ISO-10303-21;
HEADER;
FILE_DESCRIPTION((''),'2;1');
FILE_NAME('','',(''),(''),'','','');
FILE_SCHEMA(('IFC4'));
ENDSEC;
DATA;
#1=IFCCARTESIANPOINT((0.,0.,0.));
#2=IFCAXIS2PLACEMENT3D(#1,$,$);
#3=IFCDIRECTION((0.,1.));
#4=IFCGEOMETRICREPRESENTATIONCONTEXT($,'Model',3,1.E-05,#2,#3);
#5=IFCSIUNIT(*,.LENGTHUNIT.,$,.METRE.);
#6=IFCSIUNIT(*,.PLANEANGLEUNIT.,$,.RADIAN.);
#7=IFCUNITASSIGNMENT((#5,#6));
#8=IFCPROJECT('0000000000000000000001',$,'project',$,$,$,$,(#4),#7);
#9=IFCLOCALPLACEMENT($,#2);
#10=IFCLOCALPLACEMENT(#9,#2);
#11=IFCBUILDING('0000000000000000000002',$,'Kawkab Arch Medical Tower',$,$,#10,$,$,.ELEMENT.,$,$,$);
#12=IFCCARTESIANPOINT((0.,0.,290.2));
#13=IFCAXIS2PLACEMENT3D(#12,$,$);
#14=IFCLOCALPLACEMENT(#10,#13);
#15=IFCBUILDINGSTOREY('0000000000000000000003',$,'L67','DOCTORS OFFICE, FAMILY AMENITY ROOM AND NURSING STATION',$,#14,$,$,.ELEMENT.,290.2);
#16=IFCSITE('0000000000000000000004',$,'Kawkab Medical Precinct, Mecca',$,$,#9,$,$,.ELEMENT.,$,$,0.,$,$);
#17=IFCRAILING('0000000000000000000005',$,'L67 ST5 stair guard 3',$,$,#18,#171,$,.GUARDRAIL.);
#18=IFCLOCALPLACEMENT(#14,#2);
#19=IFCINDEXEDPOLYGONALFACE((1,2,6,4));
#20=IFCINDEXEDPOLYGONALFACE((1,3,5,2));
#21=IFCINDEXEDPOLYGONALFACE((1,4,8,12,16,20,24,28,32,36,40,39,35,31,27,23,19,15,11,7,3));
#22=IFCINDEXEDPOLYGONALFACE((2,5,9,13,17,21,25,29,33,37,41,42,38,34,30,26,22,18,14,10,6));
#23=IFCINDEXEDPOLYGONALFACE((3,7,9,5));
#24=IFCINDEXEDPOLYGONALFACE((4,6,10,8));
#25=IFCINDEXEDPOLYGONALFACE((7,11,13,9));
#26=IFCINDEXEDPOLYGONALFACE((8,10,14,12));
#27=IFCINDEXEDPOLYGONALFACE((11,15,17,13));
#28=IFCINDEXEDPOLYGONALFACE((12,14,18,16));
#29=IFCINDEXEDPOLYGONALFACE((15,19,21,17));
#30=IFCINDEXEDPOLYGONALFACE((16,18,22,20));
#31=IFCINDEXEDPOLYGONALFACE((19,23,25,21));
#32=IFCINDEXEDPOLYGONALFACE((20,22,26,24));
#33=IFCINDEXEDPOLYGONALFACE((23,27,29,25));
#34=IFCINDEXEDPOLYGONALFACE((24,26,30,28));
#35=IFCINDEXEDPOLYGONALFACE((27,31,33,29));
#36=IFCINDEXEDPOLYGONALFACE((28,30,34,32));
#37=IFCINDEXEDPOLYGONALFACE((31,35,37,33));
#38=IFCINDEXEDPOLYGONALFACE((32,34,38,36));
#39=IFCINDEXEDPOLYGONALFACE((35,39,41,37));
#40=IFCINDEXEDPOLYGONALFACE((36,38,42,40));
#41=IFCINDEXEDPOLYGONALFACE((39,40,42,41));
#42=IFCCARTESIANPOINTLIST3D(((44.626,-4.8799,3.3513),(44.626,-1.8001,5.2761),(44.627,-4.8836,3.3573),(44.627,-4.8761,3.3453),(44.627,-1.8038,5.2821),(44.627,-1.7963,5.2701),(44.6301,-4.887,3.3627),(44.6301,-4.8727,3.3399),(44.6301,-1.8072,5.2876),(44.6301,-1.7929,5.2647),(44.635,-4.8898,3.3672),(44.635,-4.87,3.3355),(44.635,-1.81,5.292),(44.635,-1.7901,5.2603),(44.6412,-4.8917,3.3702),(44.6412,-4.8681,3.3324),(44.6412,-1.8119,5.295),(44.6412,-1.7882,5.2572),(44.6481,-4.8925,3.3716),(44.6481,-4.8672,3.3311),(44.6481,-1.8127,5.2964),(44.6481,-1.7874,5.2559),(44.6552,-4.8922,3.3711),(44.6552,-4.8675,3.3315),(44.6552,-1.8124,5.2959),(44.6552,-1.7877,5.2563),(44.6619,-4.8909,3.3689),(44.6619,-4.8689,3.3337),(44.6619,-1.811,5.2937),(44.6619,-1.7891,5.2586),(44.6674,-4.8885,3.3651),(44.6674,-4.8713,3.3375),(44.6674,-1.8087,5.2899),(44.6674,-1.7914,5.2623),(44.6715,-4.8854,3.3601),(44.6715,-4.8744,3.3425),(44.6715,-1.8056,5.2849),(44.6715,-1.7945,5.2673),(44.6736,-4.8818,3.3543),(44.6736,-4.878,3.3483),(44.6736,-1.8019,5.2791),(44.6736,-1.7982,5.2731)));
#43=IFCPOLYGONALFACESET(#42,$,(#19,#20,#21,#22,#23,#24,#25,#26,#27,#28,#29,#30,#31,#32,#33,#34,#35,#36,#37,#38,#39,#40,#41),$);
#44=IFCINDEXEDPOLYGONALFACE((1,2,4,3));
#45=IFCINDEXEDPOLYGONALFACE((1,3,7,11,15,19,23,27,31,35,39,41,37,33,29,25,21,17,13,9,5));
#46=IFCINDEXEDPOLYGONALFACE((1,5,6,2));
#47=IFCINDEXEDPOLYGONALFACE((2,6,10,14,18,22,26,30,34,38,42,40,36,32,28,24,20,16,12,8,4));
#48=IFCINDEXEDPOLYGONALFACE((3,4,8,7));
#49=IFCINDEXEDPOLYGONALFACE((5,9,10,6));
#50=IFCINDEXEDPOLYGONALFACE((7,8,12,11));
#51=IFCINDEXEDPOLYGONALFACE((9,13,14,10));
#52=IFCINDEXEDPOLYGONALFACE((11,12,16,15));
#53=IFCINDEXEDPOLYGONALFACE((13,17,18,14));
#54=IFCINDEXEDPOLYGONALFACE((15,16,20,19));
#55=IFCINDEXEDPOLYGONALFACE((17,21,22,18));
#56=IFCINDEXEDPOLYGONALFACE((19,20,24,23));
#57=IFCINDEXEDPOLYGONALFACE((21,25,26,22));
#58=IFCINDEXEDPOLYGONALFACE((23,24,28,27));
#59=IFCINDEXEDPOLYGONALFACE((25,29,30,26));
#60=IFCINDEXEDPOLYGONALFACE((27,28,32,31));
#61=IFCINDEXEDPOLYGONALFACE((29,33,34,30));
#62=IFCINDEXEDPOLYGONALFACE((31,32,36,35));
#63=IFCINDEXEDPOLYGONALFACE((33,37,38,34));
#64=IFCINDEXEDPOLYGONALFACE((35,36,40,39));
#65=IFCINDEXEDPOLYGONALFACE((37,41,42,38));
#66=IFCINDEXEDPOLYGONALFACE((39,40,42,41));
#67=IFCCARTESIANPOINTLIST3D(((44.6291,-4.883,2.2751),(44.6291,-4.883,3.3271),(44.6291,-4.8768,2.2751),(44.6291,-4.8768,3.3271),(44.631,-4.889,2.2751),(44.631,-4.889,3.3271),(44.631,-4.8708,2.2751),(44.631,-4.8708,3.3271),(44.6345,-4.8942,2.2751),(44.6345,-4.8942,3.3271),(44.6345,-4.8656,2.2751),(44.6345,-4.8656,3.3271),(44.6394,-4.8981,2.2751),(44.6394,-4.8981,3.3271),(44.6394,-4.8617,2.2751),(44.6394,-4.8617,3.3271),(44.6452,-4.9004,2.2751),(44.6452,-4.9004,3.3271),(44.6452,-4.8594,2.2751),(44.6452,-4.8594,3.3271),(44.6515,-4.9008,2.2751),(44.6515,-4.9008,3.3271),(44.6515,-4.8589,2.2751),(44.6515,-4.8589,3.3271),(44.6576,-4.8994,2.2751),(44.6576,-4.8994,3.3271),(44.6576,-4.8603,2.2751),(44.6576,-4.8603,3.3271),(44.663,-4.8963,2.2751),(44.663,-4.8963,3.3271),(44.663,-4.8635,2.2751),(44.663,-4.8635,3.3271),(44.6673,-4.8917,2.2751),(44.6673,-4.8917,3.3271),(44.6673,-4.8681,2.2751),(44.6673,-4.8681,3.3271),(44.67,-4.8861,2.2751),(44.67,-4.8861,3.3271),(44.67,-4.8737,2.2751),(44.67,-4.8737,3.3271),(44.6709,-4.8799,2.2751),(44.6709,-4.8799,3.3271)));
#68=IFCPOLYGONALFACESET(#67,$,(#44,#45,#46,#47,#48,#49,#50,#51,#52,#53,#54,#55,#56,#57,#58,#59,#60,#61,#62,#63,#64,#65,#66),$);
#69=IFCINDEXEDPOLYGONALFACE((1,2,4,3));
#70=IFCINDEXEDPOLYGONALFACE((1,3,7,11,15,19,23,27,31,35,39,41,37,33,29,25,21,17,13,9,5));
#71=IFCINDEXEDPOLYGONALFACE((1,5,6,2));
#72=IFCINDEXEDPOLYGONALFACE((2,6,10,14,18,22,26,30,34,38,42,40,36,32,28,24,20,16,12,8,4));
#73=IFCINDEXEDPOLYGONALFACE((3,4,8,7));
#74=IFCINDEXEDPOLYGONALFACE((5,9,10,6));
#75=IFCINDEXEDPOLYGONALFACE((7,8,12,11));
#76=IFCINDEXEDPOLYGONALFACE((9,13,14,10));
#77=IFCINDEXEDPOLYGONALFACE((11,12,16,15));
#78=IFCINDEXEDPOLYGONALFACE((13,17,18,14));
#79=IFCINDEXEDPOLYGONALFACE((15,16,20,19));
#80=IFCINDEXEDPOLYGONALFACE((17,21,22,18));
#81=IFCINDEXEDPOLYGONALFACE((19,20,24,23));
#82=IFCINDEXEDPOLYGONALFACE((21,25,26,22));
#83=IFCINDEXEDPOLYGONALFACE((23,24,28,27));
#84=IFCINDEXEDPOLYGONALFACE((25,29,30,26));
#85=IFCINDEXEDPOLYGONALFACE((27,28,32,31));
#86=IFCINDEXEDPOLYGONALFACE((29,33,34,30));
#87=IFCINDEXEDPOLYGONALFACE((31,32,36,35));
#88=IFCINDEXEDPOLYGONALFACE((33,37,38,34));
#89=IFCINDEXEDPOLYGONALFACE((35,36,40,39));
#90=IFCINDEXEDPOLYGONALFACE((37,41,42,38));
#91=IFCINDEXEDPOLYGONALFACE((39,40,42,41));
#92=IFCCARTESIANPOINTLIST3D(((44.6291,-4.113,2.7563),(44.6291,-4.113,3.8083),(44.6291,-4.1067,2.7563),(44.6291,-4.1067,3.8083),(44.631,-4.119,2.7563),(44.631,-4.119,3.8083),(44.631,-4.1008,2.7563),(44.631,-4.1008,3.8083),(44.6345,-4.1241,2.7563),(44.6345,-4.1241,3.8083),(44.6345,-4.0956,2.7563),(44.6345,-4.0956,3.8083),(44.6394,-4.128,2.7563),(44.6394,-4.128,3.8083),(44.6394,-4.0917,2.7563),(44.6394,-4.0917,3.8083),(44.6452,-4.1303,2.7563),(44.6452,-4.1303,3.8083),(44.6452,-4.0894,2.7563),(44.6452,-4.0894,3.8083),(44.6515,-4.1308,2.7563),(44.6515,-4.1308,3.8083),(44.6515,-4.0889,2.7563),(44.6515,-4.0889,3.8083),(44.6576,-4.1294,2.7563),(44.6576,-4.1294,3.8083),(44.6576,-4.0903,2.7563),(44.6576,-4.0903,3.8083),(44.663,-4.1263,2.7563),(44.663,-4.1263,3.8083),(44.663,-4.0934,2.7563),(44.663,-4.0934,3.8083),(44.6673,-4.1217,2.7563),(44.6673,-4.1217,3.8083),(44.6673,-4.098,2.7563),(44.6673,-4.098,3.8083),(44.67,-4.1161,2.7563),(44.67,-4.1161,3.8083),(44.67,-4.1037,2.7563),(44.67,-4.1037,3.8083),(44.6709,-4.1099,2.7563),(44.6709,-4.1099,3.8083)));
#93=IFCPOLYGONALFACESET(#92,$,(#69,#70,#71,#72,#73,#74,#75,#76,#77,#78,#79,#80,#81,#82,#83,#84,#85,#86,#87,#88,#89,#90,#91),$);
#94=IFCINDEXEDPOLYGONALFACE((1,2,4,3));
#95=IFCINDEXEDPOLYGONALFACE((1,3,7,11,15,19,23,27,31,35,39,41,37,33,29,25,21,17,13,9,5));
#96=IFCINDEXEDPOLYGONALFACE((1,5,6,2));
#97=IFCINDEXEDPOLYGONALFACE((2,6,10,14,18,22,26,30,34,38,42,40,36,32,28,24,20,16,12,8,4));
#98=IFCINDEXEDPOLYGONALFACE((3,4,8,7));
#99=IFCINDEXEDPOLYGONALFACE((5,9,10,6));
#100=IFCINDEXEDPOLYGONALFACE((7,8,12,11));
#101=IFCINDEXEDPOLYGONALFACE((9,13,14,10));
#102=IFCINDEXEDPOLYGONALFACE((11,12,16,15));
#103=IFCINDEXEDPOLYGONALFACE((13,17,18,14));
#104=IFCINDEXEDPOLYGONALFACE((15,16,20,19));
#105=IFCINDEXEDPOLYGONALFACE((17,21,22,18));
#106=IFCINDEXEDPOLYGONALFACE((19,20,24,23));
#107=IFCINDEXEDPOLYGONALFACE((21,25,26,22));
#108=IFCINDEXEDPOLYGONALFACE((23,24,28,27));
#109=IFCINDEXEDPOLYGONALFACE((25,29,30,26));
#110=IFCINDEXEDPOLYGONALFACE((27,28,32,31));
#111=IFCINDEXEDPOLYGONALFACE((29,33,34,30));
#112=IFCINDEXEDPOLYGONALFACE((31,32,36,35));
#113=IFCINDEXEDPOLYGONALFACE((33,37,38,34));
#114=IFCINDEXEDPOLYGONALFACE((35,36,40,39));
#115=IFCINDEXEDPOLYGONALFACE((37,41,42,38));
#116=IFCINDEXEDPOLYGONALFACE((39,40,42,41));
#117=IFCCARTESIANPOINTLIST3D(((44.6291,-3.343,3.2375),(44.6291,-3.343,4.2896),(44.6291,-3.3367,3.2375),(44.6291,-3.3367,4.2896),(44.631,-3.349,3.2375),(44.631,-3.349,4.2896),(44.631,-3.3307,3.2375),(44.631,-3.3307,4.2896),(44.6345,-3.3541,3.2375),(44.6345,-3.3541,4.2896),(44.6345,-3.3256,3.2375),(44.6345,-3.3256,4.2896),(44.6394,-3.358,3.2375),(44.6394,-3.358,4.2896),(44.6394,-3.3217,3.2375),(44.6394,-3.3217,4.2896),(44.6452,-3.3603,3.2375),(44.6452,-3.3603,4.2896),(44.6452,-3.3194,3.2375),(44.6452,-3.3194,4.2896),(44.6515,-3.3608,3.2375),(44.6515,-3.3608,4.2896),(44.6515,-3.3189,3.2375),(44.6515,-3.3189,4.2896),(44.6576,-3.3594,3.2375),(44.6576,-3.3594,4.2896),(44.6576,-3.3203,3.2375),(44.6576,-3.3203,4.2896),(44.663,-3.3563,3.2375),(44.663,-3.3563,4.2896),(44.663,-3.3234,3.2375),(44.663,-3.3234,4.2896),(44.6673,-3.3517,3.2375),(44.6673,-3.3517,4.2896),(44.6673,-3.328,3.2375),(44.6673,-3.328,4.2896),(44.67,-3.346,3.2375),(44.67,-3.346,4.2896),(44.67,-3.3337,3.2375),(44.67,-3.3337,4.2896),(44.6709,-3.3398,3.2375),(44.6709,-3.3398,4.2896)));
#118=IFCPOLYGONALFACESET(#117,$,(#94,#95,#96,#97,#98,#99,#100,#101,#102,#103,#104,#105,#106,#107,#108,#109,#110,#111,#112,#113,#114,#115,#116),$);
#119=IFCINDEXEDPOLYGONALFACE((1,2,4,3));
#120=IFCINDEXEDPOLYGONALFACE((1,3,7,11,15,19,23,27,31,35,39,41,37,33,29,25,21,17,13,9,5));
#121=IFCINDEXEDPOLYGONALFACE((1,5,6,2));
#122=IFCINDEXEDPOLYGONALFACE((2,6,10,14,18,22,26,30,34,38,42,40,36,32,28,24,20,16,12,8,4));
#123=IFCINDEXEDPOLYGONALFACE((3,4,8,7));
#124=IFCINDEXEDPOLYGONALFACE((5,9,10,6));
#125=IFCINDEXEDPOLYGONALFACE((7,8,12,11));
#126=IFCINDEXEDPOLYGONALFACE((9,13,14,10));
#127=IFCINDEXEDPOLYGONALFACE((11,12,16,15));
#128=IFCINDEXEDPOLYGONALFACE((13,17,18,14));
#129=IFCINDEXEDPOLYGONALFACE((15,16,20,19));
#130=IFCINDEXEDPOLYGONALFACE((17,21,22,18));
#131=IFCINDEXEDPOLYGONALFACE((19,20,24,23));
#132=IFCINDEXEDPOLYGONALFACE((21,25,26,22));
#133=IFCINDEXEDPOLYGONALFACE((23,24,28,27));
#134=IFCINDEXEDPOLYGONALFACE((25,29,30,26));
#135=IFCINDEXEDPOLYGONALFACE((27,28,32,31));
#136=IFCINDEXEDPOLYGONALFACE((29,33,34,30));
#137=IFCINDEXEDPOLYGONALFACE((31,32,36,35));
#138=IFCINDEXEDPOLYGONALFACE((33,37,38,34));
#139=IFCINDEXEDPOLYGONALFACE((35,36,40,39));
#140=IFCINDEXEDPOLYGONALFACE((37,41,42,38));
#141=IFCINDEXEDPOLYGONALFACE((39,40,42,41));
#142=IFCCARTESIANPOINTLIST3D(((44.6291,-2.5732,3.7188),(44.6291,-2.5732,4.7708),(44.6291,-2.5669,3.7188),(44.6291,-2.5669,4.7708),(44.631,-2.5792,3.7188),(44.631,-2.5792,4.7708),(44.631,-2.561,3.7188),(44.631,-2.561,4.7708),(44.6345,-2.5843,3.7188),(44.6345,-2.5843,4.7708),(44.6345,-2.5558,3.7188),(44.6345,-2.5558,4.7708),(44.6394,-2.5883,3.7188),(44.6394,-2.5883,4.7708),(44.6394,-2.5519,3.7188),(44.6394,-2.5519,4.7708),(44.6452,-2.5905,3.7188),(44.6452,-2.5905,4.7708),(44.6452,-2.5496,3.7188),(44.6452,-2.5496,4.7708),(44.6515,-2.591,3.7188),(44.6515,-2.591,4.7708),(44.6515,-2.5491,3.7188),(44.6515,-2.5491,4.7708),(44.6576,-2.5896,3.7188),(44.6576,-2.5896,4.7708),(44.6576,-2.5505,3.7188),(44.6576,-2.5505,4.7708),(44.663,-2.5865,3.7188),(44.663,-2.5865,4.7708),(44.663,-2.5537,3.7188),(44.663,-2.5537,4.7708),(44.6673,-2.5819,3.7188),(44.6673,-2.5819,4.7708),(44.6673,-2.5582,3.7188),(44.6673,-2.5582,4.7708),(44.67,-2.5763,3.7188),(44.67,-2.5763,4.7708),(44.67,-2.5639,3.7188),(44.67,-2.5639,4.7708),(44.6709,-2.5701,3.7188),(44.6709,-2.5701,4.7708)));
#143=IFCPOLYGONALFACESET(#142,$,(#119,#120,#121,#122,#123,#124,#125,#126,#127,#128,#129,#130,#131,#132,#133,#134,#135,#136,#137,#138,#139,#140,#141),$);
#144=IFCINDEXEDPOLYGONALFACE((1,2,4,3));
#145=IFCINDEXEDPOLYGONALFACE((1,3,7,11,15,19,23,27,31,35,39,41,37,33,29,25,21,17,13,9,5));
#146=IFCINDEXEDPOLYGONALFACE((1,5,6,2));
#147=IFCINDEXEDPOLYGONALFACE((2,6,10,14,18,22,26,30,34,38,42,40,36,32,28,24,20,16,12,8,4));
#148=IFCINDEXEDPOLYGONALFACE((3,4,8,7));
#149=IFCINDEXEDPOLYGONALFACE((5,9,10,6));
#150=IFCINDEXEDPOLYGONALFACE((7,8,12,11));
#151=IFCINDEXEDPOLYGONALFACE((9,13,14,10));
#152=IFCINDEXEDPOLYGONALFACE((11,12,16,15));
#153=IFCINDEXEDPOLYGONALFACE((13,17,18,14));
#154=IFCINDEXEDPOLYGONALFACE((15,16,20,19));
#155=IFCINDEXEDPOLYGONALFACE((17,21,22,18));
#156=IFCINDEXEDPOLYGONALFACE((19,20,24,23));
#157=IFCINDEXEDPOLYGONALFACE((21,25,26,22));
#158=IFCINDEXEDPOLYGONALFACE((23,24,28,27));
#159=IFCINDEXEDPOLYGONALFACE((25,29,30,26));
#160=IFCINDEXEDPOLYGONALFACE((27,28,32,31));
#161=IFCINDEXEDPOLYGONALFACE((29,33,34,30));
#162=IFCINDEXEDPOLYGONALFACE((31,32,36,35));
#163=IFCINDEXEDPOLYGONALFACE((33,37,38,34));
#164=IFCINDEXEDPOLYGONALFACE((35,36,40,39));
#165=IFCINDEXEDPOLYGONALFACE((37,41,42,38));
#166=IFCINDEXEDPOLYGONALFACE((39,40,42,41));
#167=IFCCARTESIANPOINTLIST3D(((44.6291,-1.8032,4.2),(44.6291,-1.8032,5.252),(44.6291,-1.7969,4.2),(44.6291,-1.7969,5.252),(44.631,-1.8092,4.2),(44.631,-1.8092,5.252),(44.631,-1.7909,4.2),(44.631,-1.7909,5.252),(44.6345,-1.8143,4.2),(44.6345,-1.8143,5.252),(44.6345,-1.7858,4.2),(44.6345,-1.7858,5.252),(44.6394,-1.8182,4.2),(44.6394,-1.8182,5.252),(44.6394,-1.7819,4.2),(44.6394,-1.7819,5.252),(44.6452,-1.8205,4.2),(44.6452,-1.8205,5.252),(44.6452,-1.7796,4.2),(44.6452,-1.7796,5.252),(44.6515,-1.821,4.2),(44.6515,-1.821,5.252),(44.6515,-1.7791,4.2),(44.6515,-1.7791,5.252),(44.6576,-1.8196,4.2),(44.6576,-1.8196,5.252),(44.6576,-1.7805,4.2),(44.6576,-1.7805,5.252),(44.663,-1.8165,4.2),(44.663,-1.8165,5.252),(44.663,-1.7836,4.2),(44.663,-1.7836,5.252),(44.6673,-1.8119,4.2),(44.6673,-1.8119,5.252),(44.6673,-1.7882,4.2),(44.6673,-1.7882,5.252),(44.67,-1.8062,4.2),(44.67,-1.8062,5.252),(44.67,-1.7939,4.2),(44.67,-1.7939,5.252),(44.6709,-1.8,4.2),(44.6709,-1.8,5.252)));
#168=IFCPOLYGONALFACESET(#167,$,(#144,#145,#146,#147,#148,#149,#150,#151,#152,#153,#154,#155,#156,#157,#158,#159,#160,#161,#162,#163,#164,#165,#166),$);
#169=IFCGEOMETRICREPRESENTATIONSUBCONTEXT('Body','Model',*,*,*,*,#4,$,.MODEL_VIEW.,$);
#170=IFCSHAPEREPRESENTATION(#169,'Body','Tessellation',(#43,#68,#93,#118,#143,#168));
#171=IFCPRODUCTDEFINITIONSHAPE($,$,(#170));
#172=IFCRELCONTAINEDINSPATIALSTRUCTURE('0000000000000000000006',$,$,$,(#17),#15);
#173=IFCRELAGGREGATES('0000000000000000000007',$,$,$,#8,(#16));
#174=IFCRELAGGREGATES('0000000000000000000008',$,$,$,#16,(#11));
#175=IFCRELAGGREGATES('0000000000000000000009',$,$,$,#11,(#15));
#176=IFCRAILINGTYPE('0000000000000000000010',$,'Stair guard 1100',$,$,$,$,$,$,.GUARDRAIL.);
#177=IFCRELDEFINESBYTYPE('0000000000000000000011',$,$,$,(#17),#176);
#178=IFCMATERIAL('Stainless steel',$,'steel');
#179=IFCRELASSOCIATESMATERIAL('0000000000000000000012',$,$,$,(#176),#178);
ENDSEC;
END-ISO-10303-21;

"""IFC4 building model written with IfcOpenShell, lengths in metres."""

from ifc_helpers import new_model, si_unit, direction, frame, origin, origin_2d, place, context, subcontext, project, spatial, circle, extrude, material, type_object, element, save


model = new_model("IFC4")

# Units and contexts
model_context = context("Model", 3, precision=1e-05, world=origin(), true_north=direction((0.0, 1.0)))
body_context = subcontext(model_context, "Body", "Model", "MODEL_VIEW")
ifc_project = project(units=[si_unit("LENGTHUNIT", "METRE"), si_unit("PLANEANGLEUNIT", "RADIAN")], contexts=[model_context])

# Site, building, storey
site_placement = place(None, origin())
site = spatial("IfcSite", under=ifc_project, at=site_placement, Name="Kawkab Medical Precinct, Mecca", CompositionType="ELEMENT", RefElevation=0.0)
building_placement = place(site_placement, origin())
building = spatial("IfcBuilding", under=site, at=building_placement, Name="Kawkab Arch Medical Tower", CompositionType="ELEMENT")
storey_placement = place(building_placement, frame((0.0, 0.0, 290.2)))
storey = spatial("IfcBuildingStorey", under=building, at=storey_placement, Name="L67", Description="DOCTORS OFFICE, FAMILY AMENITY ROOM AND NURSING STATION", CompositionType="ELEMENT", Elevation=290.2)

# Railing
ifc_material_1 = material(Name="Stainless steel", Category="steel")
railing_type = type_object("IfcRailingType", Name="Stair guard 1100", PredefinedType="GUARDRAIL", material=ifc_material_1)
railing_1_placement = place(storey_placement, frame((44.6499, -4.8799, 2.2751)))
element("IfcRailing", 1, at=railing_1_placement, inside=storey, type_object=railing_type, Name="L67 ST5 stair guard 3", PredefinedType="GUARDRAIL", context=body_context, shape_type="SweptSolid", body=[
    extrude(circle(Radius=0.0239, at=origin_2d()), frame((0.0, 0.0, 1.0762), z_axis=(0.0, 0.84801, 0.529981), x_axis=(-1.0, 0.0, 0.0)), (0.0, 0.0, 1.0), 3.6318),
    extrude(circle(Radius=0.021, at=origin_2d()), origin(), (0.0, 0.0, 1.0), 1.052),
    extrude(circle(Radius=0.021, at=origin_2d()), frame((0.0, 0.77, 0.4812)), (0.0, 0.0, 1.0), 1.052),
    extrude(circle(Radius=0.021, at=origin_2d()), frame((0.0, 1.54, 0.9624)), (0.0, 0.0, 1.0), 1.052),
    extrude(circle(Radius=0.021, at=origin_2d()), frame((0.0, 2.3098, 1.4436)), (0.0, 0.0, 1.0), 1.052),
    extrude(circle(Radius=0.021, at=origin_2d()), frame((0.0, 3.0798, 1.9248)), (0.0, 0.0, 1.0), 1.052),
])

save(model, "model.ifc")
